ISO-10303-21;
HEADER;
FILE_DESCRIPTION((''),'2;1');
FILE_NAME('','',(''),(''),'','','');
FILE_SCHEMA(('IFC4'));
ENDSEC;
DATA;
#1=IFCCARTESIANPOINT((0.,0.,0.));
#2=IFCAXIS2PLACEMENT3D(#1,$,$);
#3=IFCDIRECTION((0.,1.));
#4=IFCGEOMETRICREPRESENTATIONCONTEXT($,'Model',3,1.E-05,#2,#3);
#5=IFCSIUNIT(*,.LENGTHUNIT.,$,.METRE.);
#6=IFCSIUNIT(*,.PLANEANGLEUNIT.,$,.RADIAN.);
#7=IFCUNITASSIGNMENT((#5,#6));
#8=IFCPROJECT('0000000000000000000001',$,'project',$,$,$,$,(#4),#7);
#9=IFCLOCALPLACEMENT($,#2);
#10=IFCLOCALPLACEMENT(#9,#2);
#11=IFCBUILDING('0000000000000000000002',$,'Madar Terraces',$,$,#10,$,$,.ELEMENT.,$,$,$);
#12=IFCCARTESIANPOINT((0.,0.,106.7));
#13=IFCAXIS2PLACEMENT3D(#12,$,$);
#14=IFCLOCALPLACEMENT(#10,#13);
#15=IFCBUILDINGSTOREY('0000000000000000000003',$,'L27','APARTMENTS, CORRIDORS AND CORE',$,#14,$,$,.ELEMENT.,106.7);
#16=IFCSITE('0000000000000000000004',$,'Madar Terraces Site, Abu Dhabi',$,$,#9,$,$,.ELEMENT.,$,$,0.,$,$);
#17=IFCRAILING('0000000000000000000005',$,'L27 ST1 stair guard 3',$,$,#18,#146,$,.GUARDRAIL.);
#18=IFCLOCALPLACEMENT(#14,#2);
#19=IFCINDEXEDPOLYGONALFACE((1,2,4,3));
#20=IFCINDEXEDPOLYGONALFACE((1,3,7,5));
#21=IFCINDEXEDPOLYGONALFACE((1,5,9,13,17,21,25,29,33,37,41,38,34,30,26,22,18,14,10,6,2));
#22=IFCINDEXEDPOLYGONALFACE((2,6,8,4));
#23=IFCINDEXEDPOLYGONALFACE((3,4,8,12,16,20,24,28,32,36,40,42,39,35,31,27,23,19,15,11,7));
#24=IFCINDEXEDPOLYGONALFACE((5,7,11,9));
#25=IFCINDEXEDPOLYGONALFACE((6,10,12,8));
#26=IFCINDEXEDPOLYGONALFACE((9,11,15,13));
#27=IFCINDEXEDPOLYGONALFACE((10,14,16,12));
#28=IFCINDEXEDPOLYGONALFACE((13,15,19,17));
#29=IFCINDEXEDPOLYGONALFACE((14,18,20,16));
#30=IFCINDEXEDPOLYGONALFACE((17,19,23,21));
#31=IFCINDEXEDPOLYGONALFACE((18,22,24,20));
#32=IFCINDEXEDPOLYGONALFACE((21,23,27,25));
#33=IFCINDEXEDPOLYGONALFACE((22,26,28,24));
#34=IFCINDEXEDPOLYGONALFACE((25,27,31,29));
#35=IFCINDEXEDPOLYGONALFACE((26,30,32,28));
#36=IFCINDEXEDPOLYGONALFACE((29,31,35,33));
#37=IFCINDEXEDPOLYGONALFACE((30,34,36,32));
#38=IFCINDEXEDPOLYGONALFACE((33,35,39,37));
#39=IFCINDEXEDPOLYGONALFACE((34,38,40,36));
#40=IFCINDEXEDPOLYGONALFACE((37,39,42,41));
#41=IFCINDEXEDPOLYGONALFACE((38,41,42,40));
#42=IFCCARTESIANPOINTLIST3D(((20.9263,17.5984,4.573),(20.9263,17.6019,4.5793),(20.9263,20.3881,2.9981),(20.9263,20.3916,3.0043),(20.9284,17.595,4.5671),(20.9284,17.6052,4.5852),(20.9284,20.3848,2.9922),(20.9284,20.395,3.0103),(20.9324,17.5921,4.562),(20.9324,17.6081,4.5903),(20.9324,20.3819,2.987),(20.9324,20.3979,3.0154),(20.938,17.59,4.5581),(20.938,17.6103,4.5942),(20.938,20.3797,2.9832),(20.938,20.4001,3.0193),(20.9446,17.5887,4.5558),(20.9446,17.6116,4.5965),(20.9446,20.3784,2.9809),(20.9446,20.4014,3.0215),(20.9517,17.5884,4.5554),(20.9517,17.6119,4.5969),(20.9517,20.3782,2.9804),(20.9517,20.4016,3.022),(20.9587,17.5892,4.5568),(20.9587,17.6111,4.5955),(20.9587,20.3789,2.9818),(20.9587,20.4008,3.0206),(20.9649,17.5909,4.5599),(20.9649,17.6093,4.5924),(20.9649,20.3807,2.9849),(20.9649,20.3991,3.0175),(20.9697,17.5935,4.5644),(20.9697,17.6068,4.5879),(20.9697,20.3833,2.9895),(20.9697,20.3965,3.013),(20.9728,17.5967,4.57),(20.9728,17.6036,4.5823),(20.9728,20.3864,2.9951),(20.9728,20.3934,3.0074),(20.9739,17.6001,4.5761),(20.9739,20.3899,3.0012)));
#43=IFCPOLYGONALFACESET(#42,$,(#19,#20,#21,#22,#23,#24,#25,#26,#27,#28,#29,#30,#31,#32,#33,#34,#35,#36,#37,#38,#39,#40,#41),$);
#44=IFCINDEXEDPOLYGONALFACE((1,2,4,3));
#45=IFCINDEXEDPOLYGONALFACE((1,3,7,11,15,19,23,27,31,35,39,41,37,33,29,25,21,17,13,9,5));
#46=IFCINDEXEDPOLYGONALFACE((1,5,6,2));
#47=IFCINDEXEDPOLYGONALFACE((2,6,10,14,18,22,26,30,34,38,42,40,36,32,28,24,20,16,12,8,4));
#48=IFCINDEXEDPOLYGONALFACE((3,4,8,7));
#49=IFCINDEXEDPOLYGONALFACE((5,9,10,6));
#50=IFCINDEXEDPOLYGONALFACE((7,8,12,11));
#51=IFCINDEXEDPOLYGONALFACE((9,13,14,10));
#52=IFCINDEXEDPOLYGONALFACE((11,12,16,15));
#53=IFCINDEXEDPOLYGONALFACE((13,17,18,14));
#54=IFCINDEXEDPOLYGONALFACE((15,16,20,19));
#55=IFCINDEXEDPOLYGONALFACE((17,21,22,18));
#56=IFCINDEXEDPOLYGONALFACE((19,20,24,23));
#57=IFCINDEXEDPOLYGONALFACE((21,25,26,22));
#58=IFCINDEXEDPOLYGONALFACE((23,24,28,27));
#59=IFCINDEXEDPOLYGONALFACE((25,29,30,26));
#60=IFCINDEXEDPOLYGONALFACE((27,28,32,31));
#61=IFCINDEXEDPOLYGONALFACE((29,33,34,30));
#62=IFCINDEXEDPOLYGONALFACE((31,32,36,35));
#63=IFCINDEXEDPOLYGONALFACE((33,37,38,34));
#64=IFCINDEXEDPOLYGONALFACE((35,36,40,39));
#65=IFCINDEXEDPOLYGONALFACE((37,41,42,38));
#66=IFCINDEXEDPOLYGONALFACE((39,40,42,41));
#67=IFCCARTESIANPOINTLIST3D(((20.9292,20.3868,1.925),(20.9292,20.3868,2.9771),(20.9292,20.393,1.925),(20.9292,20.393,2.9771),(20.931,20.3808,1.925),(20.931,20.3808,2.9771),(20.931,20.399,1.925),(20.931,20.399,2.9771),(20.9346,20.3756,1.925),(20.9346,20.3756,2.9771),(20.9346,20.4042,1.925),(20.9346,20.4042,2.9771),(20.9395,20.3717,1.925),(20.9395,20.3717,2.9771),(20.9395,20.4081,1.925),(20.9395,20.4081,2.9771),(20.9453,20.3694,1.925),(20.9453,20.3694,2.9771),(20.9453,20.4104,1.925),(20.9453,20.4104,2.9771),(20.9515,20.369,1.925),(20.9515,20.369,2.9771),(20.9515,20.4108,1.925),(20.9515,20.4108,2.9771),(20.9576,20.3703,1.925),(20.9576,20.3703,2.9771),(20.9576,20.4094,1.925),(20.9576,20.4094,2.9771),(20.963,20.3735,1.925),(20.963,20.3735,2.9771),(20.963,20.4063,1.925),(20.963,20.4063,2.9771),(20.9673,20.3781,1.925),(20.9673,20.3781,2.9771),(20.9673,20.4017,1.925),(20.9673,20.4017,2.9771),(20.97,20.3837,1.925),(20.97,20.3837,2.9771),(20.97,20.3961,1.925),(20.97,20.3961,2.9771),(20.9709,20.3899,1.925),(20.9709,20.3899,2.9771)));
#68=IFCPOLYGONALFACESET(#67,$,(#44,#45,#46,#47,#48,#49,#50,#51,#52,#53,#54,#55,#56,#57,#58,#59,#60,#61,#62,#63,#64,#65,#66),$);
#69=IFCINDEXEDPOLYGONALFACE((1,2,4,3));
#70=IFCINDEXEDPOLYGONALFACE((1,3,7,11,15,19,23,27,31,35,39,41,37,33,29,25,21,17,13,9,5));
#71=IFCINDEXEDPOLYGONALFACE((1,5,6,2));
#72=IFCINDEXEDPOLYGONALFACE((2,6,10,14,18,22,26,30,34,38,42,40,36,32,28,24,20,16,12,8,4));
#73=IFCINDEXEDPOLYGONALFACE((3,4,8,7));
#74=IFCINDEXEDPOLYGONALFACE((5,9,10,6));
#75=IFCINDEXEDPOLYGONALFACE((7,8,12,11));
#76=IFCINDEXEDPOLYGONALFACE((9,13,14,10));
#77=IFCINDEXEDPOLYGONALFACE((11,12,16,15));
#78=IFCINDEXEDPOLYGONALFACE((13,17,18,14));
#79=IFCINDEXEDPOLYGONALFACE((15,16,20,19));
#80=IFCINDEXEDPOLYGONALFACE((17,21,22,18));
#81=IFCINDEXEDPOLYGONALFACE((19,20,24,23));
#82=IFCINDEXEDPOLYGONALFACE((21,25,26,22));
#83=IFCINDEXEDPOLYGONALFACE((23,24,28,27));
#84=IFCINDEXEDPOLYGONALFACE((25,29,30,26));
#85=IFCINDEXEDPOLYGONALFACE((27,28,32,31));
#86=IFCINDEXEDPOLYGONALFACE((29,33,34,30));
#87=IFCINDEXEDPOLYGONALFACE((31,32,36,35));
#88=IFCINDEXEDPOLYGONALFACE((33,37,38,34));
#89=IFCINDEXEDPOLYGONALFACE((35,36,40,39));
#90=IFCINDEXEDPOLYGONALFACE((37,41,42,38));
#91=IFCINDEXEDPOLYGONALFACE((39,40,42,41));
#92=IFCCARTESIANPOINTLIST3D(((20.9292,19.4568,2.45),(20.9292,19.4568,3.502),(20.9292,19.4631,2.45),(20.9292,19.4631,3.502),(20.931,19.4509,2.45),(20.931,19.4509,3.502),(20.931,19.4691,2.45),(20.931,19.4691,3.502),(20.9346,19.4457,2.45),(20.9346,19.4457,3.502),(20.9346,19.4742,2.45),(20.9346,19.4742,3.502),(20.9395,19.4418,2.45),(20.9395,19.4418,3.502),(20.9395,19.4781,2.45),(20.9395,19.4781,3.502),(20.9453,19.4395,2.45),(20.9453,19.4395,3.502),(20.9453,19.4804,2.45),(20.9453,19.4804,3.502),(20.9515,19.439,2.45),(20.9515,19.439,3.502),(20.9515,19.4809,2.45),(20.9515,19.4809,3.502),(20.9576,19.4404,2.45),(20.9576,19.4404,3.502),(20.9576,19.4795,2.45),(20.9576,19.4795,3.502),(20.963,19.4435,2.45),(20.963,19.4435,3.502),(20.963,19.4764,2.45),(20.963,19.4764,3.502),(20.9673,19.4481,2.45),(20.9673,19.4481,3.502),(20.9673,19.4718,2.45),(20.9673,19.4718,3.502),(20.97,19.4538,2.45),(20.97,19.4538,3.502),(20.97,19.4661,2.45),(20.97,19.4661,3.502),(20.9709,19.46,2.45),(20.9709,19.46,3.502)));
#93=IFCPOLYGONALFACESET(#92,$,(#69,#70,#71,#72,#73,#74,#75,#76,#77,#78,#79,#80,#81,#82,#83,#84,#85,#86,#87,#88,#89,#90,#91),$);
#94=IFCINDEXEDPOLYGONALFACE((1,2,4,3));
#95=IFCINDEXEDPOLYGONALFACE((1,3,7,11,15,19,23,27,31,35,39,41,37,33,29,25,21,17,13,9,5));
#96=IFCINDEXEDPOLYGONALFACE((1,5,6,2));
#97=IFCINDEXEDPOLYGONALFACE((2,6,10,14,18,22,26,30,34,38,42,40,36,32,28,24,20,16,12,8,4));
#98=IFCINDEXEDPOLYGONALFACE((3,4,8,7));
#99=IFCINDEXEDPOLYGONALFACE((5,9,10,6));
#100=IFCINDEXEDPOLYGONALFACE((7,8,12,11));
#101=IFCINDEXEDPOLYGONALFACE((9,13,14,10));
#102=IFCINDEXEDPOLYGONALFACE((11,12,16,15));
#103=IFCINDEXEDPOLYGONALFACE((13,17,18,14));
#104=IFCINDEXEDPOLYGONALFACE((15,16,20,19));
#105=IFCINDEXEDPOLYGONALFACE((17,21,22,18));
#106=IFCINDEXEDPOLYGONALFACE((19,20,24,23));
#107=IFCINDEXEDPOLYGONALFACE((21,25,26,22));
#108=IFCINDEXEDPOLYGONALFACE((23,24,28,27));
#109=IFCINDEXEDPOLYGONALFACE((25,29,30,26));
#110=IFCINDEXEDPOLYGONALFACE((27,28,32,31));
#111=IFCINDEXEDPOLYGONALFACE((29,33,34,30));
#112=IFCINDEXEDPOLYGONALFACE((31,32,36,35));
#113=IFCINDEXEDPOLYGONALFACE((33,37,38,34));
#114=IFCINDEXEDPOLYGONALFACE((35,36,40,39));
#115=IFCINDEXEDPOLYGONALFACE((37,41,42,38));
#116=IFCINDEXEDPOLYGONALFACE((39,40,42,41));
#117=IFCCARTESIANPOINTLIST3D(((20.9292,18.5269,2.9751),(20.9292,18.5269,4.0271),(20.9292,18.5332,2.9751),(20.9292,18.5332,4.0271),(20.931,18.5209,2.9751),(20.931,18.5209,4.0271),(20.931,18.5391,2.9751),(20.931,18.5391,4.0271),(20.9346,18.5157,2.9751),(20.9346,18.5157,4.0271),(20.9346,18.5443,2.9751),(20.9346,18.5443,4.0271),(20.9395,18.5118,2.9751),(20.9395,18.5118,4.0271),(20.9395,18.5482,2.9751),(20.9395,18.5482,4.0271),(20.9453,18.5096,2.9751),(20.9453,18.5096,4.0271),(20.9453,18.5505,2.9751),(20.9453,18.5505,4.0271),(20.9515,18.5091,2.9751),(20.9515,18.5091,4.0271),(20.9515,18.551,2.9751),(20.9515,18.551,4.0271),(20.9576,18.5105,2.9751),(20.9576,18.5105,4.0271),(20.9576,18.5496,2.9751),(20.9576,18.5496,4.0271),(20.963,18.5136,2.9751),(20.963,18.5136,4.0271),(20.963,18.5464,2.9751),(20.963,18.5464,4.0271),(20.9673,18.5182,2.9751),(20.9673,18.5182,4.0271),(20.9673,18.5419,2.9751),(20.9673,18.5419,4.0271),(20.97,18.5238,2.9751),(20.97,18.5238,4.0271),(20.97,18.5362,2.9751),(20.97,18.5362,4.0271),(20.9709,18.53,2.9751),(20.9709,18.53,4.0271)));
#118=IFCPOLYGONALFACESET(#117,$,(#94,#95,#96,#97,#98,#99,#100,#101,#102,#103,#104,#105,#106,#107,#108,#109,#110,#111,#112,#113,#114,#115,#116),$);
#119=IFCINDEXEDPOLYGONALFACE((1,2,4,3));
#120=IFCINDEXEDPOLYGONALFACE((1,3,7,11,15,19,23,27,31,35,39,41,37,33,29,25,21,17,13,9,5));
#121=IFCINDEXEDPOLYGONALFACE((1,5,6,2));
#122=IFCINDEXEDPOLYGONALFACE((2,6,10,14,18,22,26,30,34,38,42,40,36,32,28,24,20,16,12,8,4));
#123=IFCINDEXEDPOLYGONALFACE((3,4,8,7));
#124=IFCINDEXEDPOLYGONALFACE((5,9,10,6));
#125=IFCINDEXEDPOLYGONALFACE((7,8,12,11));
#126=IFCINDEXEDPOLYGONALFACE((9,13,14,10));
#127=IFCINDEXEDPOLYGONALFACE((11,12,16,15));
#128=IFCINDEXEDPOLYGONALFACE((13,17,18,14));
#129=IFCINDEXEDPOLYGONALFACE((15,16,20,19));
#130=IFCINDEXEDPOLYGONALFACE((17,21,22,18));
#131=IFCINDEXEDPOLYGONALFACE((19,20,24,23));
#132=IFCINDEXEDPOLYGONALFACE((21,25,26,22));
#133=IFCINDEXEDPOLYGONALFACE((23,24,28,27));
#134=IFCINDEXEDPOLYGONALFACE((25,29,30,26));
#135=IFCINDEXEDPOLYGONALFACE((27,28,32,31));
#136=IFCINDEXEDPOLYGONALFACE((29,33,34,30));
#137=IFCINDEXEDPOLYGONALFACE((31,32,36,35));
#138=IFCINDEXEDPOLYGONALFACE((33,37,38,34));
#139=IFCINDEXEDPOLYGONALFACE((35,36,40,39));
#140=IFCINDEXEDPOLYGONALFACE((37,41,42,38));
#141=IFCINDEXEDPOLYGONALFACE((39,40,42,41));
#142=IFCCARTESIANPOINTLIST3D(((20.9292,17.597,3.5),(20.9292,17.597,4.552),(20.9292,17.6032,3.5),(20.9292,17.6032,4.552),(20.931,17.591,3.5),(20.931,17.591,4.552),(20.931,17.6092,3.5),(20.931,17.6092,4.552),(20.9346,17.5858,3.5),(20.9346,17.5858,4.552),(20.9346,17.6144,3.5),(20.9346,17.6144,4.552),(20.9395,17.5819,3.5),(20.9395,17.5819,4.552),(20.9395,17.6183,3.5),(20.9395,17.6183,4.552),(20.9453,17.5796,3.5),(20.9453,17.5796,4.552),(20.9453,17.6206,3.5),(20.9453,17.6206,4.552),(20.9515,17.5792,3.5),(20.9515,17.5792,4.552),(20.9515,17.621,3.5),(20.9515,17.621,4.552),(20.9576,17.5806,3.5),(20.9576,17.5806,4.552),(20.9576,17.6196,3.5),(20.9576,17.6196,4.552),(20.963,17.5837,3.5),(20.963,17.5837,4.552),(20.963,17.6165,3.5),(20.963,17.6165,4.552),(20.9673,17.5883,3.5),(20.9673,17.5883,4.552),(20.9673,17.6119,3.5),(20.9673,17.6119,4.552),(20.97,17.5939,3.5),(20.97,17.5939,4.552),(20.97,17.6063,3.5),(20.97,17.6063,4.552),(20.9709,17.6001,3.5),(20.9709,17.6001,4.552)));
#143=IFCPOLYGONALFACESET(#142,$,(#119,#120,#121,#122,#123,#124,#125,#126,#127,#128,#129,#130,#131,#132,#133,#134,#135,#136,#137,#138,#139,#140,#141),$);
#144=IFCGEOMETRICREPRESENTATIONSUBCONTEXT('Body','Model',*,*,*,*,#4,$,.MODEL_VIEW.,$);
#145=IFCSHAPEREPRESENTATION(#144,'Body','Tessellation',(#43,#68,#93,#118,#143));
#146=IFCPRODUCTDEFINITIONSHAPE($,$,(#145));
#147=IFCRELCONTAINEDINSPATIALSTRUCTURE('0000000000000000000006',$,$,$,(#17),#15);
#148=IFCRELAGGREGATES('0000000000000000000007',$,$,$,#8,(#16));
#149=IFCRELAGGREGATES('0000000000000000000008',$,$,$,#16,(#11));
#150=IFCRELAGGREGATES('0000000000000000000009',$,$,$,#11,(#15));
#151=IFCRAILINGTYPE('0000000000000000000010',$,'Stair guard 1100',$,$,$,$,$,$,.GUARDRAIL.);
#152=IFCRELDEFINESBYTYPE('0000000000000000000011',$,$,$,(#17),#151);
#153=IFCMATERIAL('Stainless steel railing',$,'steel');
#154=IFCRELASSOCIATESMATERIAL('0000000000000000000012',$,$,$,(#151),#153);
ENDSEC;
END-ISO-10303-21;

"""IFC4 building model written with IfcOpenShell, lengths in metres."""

from ifc_helpers import new_model, si_unit, direction, frame, origin, origin_2d, place, context, subcontext, project, spatial, circle, extrude, material, type_object, element, save


model = new_model("IFC4")

# Units and contexts
model_context = context("Model", 3, precision=1e-05, world=origin(), true_north=direction((0.0, 1.0)))
body_context = subcontext(model_context, "Body", "Model", "MODEL_VIEW")
ifc_project = project(units=[si_unit("LENGTHUNIT", "METRE"), si_unit("PLANEANGLEUNIT", "RADIAN")], contexts=[model_context])

# Site, building, storey
site_placement = place(None, origin())
site = spatial("IfcSite", under=ifc_project, at=site_placement, Name="Madar Terraces Site, Abu Dhabi", CompositionType="ELEMENT", RefElevation=0.0)
building_placement = place(site_placement, origin())
building = spatial("IfcBuilding", under=site, at=building_placement, Name="Madar Terraces", CompositionType="ELEMENT")
storey_placement = place(building_placement, frame((0.0, 0.0, 106.7)))
storey = spatial("IfcBuildingStorey", under=building, at=storey_placement, Name="L27", Description="APARTMENTS, CORRIDORS AND CORE", CompositionType="ELEMENT", Elevation=106.7)

# Railing
ifc_material_1 = material(Name="Stainless steel railing", Category="steel")
railing_type_1 = type_object("IfcRailingType", Name="Stair guard 1100", PredefinedType="GUARDRAIL", material=ifc_material_1)
railing_1_placement = place(storey_placement, frame((20.95, 20.3899, 1.925)))
element("IfcRailing", 1, at=railing_1_placement, inside=storey, type_object=railing_type_1, Name="L27 ST1 stair guard 3", PredefinedType="GUARDRAIL", context=body_context, shape_type="SweptSolid", body=[
    extrude(circle(Radius=0.0239, at=origin_2d()), frame((0.0, 0.0, 1.0762), z_axis=(0.0, -0.870815, 0.49161), x_axis=(1.0, 0.0, 0.0)), (0.0, 0.0, 1.0), 3.2036),
    extrude(circle(Radius=0.021, at=origin_2d()), origin(), (0.0, 0.0, 1.0), 1.052),
    extrude(circle(Radius=0.021, at=origin_2d()), frame((0.0, -0.9299, 0.5249)), (0.0, 0.0, 1.0), 1.052),
    extrude(circle(Radius=0.021, at=origin_2d()), frame((0.0, -1.8599, 1.05)), (0.0, 0.0, 1.0), 1.052),
    extrude(circle(Radius=0.021, at=origin_2d()), frame((0.0, -2.7898, 1.575)), (0.0, 0.0, 1.0), 1.052),
])

save(model, "model.ifc")
